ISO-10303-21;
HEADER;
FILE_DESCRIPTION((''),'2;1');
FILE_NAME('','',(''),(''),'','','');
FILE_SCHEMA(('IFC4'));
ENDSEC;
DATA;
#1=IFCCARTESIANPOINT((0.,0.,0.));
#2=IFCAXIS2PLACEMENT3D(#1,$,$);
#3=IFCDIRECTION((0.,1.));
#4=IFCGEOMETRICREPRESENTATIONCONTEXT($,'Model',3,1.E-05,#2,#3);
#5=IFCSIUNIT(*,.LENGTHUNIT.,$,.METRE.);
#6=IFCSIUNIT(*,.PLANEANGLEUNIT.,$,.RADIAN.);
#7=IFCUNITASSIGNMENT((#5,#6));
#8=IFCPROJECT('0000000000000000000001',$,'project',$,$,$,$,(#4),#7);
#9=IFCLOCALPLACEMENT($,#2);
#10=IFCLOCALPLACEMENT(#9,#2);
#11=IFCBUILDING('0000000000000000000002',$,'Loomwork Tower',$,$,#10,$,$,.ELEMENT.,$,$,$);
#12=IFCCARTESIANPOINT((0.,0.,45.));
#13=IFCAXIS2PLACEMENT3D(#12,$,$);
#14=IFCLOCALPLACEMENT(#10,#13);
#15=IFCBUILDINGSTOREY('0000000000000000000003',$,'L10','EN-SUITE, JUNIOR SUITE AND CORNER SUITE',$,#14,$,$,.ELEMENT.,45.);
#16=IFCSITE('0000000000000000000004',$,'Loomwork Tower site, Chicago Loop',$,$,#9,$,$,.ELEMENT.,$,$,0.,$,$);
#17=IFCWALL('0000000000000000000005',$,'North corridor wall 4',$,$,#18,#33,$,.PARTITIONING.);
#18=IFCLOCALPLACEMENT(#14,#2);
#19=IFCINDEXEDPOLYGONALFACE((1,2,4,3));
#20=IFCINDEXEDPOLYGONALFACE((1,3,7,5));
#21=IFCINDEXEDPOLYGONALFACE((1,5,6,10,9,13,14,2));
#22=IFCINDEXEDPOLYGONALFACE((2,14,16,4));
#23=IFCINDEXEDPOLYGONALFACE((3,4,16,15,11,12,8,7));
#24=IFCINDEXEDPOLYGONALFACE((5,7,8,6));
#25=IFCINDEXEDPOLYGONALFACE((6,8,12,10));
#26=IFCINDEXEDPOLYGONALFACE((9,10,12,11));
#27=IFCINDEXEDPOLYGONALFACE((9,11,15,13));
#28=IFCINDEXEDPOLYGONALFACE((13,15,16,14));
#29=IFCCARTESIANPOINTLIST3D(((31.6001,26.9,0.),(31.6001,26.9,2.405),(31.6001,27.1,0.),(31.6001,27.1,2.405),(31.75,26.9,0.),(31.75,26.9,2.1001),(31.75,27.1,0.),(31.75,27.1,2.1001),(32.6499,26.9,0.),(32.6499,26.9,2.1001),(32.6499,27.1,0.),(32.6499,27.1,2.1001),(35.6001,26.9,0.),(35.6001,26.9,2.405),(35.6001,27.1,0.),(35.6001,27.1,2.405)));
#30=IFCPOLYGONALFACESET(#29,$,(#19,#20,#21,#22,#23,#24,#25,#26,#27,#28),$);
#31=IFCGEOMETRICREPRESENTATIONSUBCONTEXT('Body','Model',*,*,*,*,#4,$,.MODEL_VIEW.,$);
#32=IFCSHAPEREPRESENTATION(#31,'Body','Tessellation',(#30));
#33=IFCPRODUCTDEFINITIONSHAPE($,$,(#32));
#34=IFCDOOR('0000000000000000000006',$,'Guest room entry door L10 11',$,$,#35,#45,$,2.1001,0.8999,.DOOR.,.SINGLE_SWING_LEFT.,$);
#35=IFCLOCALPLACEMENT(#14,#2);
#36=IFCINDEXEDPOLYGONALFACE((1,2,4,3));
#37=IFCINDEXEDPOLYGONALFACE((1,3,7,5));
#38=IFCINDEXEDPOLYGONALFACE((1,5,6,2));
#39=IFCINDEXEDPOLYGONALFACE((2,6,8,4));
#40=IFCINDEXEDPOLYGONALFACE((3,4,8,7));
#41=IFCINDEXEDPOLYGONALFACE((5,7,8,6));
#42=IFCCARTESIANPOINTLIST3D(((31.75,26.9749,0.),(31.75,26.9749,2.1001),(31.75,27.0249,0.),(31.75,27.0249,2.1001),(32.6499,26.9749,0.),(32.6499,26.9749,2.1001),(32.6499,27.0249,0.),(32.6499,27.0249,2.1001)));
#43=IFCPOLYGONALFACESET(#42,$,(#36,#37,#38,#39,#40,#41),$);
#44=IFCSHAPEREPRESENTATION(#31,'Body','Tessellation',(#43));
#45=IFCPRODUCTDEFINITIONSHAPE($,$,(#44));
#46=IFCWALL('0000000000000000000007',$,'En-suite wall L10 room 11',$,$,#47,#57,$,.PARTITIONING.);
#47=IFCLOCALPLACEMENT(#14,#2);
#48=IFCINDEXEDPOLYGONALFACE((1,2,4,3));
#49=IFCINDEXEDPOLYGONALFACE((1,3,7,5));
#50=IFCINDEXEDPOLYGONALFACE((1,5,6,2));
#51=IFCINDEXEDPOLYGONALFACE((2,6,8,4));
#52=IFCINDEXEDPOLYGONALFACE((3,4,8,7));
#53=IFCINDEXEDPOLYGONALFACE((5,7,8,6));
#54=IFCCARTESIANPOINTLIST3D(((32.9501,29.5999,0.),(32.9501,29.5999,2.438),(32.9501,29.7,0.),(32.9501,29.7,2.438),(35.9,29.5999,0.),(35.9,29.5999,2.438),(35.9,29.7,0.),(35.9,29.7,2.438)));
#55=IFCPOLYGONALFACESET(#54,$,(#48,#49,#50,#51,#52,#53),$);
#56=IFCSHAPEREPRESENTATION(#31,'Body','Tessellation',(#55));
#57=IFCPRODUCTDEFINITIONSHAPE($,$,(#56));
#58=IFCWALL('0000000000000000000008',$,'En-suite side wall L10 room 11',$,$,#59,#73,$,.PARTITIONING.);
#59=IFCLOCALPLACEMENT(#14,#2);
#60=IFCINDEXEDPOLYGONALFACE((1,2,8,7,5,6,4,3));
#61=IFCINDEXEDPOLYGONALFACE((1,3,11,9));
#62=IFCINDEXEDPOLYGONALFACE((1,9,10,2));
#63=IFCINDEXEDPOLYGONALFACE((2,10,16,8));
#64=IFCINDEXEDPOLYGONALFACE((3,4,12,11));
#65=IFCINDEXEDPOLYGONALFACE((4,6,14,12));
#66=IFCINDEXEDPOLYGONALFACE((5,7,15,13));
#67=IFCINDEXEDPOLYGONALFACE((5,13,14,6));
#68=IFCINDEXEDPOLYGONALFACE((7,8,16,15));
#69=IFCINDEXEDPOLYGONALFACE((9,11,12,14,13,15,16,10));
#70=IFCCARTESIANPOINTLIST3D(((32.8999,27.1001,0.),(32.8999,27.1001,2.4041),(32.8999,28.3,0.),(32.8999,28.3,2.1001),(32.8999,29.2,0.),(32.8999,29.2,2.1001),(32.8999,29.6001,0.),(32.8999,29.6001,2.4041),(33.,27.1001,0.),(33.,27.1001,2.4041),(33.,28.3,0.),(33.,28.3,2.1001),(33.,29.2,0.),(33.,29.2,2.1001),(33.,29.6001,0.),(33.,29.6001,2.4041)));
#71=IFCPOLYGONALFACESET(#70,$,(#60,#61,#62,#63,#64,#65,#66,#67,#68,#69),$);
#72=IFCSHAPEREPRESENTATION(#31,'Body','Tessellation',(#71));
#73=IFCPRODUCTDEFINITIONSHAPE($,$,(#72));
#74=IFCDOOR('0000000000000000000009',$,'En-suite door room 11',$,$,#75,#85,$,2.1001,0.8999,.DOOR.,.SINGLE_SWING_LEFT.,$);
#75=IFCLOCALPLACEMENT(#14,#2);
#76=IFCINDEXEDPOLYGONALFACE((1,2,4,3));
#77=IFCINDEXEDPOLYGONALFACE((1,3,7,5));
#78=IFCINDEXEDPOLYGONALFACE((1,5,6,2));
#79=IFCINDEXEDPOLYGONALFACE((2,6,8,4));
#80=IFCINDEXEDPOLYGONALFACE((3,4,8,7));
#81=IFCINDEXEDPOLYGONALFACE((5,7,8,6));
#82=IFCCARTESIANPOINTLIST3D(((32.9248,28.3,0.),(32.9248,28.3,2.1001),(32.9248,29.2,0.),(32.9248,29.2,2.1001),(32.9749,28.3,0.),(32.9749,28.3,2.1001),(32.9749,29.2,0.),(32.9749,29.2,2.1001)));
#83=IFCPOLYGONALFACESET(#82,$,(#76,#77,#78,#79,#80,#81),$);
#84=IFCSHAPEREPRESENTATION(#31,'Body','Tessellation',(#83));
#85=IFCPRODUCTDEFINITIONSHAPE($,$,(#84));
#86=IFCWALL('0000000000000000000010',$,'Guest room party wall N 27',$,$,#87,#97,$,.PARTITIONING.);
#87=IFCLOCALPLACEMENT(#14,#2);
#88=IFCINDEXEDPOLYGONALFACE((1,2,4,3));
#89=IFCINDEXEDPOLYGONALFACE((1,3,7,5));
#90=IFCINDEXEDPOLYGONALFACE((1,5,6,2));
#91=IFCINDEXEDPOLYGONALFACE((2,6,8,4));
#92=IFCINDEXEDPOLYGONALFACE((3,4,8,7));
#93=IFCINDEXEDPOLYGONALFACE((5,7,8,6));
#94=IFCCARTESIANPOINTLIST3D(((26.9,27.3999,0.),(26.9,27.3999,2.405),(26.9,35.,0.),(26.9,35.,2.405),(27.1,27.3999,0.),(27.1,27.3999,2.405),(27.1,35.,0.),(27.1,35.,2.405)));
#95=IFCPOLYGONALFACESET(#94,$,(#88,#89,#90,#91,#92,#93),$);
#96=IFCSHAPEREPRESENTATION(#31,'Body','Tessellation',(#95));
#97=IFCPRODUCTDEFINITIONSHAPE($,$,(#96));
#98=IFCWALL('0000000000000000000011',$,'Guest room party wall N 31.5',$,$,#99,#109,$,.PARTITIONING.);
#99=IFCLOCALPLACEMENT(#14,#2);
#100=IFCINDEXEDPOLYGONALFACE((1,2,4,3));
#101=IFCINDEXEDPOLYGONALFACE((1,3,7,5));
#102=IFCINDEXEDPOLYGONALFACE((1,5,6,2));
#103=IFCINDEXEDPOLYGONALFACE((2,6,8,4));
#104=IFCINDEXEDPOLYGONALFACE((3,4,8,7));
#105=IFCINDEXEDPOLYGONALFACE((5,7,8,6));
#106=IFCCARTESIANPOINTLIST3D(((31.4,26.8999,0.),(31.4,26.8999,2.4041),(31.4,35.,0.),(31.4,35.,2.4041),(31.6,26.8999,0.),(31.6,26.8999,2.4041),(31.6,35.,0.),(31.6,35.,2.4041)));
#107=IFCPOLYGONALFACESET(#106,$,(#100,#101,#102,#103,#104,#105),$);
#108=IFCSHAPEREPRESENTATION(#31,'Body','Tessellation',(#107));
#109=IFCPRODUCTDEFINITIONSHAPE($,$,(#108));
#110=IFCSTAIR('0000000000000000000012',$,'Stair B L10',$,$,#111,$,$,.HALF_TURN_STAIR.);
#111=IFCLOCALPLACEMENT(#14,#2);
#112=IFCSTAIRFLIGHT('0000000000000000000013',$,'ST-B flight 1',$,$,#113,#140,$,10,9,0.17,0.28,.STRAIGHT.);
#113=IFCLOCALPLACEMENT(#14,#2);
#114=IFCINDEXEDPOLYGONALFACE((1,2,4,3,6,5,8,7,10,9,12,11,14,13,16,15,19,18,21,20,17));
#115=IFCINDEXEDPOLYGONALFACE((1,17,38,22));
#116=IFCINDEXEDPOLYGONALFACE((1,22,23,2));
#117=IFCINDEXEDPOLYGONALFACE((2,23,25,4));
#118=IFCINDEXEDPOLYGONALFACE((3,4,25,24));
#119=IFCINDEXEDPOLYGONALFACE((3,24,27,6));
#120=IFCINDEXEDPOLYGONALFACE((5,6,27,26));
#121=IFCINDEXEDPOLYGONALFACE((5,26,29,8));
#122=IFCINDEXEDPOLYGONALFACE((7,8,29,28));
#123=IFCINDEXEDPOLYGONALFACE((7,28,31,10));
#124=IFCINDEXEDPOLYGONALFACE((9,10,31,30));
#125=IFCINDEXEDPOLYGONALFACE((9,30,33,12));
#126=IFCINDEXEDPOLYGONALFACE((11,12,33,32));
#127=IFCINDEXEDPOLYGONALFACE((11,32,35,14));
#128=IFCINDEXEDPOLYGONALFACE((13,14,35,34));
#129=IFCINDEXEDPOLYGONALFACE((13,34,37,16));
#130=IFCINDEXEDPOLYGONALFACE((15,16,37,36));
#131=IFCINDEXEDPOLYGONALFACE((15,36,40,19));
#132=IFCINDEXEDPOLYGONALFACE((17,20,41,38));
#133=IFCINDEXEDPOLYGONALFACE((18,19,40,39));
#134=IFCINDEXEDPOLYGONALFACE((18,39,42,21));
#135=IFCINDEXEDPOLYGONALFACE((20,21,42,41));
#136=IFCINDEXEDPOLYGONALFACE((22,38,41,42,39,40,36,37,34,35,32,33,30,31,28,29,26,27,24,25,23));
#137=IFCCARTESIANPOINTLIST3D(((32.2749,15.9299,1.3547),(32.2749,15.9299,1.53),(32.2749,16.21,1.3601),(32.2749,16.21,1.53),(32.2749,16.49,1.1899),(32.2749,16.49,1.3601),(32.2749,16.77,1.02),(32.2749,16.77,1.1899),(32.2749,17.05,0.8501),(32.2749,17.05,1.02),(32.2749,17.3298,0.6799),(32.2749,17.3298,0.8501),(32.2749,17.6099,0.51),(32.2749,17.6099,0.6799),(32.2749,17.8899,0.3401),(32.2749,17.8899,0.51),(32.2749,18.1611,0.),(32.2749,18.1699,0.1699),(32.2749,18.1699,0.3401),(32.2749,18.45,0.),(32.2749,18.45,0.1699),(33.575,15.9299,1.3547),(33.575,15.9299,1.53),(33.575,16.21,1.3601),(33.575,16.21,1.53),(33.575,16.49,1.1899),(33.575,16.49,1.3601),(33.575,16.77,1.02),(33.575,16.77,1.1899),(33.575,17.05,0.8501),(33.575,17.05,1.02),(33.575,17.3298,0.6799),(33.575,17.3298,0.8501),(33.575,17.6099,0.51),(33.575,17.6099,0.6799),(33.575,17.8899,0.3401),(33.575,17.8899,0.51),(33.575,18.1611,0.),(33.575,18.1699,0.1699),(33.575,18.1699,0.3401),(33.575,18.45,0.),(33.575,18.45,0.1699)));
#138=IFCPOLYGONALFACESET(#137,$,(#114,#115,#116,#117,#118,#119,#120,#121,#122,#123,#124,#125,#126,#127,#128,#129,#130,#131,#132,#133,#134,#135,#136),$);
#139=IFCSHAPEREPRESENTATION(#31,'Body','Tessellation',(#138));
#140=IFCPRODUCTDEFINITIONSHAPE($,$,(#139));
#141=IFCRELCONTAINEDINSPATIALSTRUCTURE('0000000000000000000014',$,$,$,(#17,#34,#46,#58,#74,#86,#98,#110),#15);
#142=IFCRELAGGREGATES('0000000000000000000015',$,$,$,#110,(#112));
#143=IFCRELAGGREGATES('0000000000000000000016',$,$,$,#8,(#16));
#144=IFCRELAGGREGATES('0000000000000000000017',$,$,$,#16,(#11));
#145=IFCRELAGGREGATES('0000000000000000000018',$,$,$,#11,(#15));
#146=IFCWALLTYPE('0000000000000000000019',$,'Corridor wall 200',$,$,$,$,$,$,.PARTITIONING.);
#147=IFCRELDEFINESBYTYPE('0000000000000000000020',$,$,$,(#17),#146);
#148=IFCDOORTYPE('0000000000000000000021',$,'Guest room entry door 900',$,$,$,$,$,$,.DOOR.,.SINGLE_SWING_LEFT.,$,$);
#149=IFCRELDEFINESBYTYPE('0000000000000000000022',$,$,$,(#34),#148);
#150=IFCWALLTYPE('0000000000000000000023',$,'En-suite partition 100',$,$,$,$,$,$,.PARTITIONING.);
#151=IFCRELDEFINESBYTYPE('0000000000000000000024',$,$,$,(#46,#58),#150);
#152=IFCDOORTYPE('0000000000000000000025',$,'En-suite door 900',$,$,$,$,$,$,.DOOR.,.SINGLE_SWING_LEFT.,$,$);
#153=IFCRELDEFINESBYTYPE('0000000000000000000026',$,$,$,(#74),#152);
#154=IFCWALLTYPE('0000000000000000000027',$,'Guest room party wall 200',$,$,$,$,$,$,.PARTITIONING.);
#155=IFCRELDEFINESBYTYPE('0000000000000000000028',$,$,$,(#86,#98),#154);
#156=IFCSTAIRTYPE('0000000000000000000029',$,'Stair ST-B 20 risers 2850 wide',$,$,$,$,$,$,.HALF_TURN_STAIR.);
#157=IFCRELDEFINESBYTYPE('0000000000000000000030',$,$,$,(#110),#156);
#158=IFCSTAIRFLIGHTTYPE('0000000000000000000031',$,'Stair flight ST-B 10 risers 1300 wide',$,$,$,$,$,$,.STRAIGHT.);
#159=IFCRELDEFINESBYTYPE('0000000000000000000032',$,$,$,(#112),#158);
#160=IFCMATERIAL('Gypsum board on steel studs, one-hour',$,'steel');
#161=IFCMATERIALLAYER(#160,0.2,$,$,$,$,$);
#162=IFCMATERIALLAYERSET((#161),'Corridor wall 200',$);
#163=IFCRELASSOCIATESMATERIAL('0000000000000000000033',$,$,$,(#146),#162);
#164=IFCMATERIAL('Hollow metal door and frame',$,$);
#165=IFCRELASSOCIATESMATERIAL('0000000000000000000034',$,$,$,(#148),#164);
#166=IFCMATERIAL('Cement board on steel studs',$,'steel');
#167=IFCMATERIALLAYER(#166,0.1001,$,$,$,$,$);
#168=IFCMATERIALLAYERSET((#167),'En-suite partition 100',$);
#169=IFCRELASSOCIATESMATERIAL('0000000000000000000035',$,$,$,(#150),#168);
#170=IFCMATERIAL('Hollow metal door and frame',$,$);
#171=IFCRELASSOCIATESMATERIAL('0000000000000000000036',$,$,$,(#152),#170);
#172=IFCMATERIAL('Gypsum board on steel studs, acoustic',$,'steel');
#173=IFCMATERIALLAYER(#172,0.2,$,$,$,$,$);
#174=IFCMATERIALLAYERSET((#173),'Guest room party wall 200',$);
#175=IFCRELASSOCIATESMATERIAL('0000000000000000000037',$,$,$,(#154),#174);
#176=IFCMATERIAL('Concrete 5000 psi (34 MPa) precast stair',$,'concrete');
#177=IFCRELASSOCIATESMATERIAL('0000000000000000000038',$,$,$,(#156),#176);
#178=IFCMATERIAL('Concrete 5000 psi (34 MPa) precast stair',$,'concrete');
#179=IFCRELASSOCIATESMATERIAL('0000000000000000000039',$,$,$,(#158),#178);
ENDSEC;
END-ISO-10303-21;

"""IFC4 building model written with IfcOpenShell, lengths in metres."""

from ifc_helpers import new_model, si_unit, direction, frame, frame_2d, origin, place, context, subcontext, project, spatial, polyline, rectangle, outline, extrude, material, layer, layer_set, type_object, element, fill, aggregate, save


model = new_model("IFC4")

# Units and contexts
model_context = context("Model", 3, precision=1e-05, world=origin(), true_north=direction((0.0, 1.0)))
body_context = subcontext(model_context, "Body", "Model", "MODEL_VIEW")
ifc_project = project(units=[si_unit("LENGTHUNIT", "METRE"), si_unit("PLANEANGLEUNIT", "RADIAN")], contexts=[model_context])

# Site, building, storey
site_placement = place(None, origin())
site = spatial("IfcSite", under=ifc_project, at=site_placement, Name="Loomwork Tower site, Chicago Loop", CompositionType="ELEMENT", RefElevation=0.0)
building_placement = place(site_placement, origin())
building = spatial("IfcBuilding", under=site, at=building_placement, Name="Loomwork Tower", CompositionType="ELEMENT")
storey_placement = place(building_placement, frame((0.0, 0.0, 45.0)))
storey = spatial("IfcBuildingStorey", under=building, at=storey_placement, Name="L10", Description="EN-SUITE, JUNIOR SUITE AND CORNER SUITE", CompositionType="ELEMENT", Elevation=45.0)

# Wall, opening, door
ifc_material_1 = material(Name="Gypsum board on steel studs, one-hour", Category="steel")
ifc_layer_1 = layer(ifc_material_1, 0.2)
ifc_layer_set_1 = layer_set([ifc_layer_1], Name="Corridor wall 200")
wall_type_1 = type_object("IfcWallType", Name="Corridor wall 200", PredefinedType="PARTITIONING", material=ifc_layer_set_1)
wall_1_placement = place(storey_placement, frame((31.6001, 27.0, 0.0), z_axis=(0.0, 0.0, 1.0), x_axis=(1.0, 0.0, 0.0)))
wall_1 = element("IfcWall", 1, at=wall_1_placement, inside=storey, type_object=wall_type_1, Name="North corridor wall 4", PredefinedType="PARTITIONING", context=body_context, shape_type="SweptSolid", body=[
    extrude(rectangle(XDim=4.0, YDim=0.2, at=frame_2d((2.0, 0.0))), origin(), (0.0, 0.0, 1.0), 2.405),
])
opening_1_placement = place(wall_1_placement, frame((0.1499, 0.0, 0.0)))
opening_1 = element("IfcOpeningElement", 2, at=opening_1_placement, cuts=wall_1, PredefinedType="OPENING", context=body_context, shape_type="SweptSolid", body=[
    extrude(rectangle(XDim=0.8999, YDim=2.1001, at=frame_2d((0.45, 1.05))), frame((0.0, 0.1099, 0.0), z_axis=(0.0, -1.0, 0.0), x_axis=(1.0, 0.0, 0.0)), (0.0, 0.0, 1.0), 0.22),
])
ifc_material_2 = material(Name="Hollow metal door and frame")
door_type_1 = type_object("IfcDoorType", Name="Guest room entry door 900", OperationType="SINGLE_SWING_LEFT", PredefinedType="DOOR", material=ifc_material_2)
door_1_placement = place(opening_1_placement, origin())
door_1 = element("IfcDoor", 3, at=door_1_placement, inside=storey, type_object=door_type_1, Name="Guest room entry door L10 11", OperationType="SINGLE_SWING_LEFT", OverallHeight=2.1001, OverallWidth=0.8999, PredefinedType="DOOR", context=body_context, shape_type="SweptSolid", body=[
    extrude(rectangle(XDim=0.8999, YDim=2.1001, at=frame_2d((0.45, 1.05))), frame((0.0, 0.0249, 0.0), z_axis=(0.0, -1.0, 0.0), x_axis=(1.0, 0.0, 0.0)), (0.0, 0.0, 1.0), 0.05),
])
fill(opening_1, door_1)

# Wall
ifc_material_3 = material(Name="Cement board on steel studs", Category="steel")
ifc_layer_2 = layer(ifc_material_3, 0.1001)
ifc_layer_set_2 = layer_set([ifc_layer_2], Name="En-suite partition 100")
wall_type_2 = type_object("IfcWallType", Name="En-suite partition 100", PredefinedType="PARTITIONING", material=ifc_layer_set_2)
wall_2_placement = place(storey_placement, frame((32.95, 29.6499, 0.0), z_axis=(0.0, 0.0, 1.0), x_axis=(1.0, 0.0, 0.0)))
element("IfcWall", 4, at=wall_2_placement, inside=storey, type_object=wall_type_2, Name="En-suite wall L10 room 11", PredefinedType="PARTITIONING", context=body_context, shape_type="SweptSolid", body=[
    extrude(rectangle(XDim=2.95, YDim=0.1001, at=frame_2d((1.4751, 0.0))), origin(), (0.0, 0.0, 1.0), 2.438),
])

# Wall, opening, door
wall_3_placement = place(storey_placement, frame((32.95, 27.1001, 0.0), z_axis=(0.0, 0.0, 1.0), x_axis=(0.0, 1.0, 0.0)))
wall_3 = element("IfcWall", 5, at=wall_3_placement, inside=storey, type_object=wall_type_2, Name="En-suite side wall L10 room 11", PredefinedType="PARTITIONING", context=body_context, shape_type="SweptSolid", body=[
    extrude(rectangle(XDim=2.5, YDim=0.1001, at=frame_2d((1.25, 0.0))), origin(), (0.0, 0.0, 1.0), 2.4041),
])
opening_2_placement = place(wall_3_placement, frame((1.2, 0.0, 0.0)))
opening_2 = element("IfcOpeningElement", 6, at=opening_2_placement, cuts=wall_3, PredefinedType="OPENING", context=body_context, shape_type="SweptSolid", body=[
    extrude(rectangle(XDim=0.8999, YDim=2.1001, at=frame_2d((0.45, 1.05))), frame((0.0, 0.0601, 0.0), z_axis=(0.0, -1.0, 0.0), x_axis=(1.0, 0.0, 0.0)), (0.0, 0.0, 1.0), 0.1201),
])
ifc_material_4 = material(Name="Hollow metal door and frame")
door_type_2 = type_object("IfcDoorType", Name="En-suite door 900", OperationType="SINGLE_SWING_LEFT", PredefinedType="DOOR", material=ifc_material_4)
door_2_placement = place(opening_2_placement, frame((0.8999, 0.0, 0.0), z_axis=(0.0, 0.0, 1.0), x_axis=(-1.0, 0.0, 0.0)))
door_2 = element("IfcDoor", 7, at=door_2_placement, inside=storey, type_object=door_type_2, Name="En-suite door room 11", OperationType="SINGLE_SWING_LEFT", OverallHeight=2.1001, OverallWidth=0.8999, PredefinedType="DOOR", context=body_context, shape_type="SweptSolid", body=[
    extrude(rectangle(XDim=0.8999, YDim=2.1001, at=frame_2d((0.45, 1.05))), frame((0.0, 0.0249, 0.0), z_axis=(0.0, -1.0, 0.0), x_axis=(1.0, 0.0, 0.0)), (0.0, 0.0, 1.0), 0.05),
])
fill(opening_2, door_2)

# Walls
ifc_material_5 = material(Name="Gypsum board on steel studs, acoustic", Category="steel")
ifc_layer_3 = layer(ifc_material_5, 0.2)
ifc_layer_set_3 = layer_set([ifc_layer_3], Name="Guest room party wall 200")
wall_type_3 = type_object("IfcWallType", Name="Guest room party wall 200", PredefinedType="PARTITIONING", material=ifc_layer_set_3)
wall_4_placement = place(storey_placement, frame((27.0, 27.3999, 0.0), z_axis=(0.0, 0.0, 1.0), x_axis=(0.0, 1.0, 0.0)))
element("IfcWall", 8, at=wall_4_placement, inside=storey, type_object=wall_type_3, Name="Guest room party wall N 27", PredefinedType="PARTITIONING", context=body_context, shape_type="SweptSolid", body=[
    extrude(rectangle(XDim=7.6001, YDim=0.2, at=frame_2d((3.8, 0.0))), origin(), (0.0, 0.0, 1.0), 2.405),
])
wall_5_placement = place(storey_placement, frame((31.5, 26.8999, 0.0), z_axis=(0.0, 0.0, 1.0), x_axis=(0.0, 1.0, 0.0)))
element("IfcWall", 9, at=wall_5_placement, inside=storey, type_object=wall_type_3, Name="Guest room party wall N 31.5", PredefinedType="PARTITIONING", context=body_context, shape_type="SweptSolid", body=[
    extrude(rectangle(XDim=8.1001, YDim=0.2, at=frame_2d((4.05, 0.0))), origin(), (0.0, 0.0, 1.0), 2.4041),
])

# Stair, stair flight
ifc_material_6 = material(Name="Concrete 5000 psi (34 MPa) precast stair", Category="concrete")
stair_type = type_object("IfcStairType", Name="Stair ST-B 20 risers 2850 wide", PredefinedType="HALF_TURN_STAIR", material=ifc_material_6)
stair_placement = place(storey_placement, origin())
stair = element("IfcStair", 10, at=stair_placement, inside=storey, type_object=stair_type, Name="Stair B L10", PredefinedType="HALF_TURN_STAIR")
ifc_material_7 = material(Name="Concrete 5000 psi (34 MPa) precast stair", Category="concrete")
stair_flight_type = type_object("IfcStairFlightType", Name="Stair flight ST-B 10 risers 1300 wide", PredefinedType="STRAIGHT", material=ifc_material_7)
stair_flight_placement = place(storey_placement, frame((32.925, 18.45, 0.0), z_axis=(0.0, 0.0, 1.0), x_axis=(0.0, -1.0, 0.0)))
stair_flight = element("IfcStairFlight", 11, at=stair_flight_placement, type_object=stair_flight_type, Name="ST-B flight 1", NumberOfRisers=10, NumberOfTreads=9, PredefinedType="STRAIGHT", RiserHeight=0.17, TreadLength=0.28, context=body_context, shape_type="SweptSolid", body=[
    extrude(outline(polyline([(0.0, 0.0), (0.0, 0.1699), (0.28, 0.1699), (0.28, 0.3401), (0.5601, 0.3401), (0.5601, 0.51), (0.8401, 0.51), (0.8401, 0.6799), (1.1201, 0.6799), (1.1201, 0.8501), (1.3999, 0.8501), (1.3999, 1.02), (1.6799, 1.02), (1.6799, 1.1899), (1.96, 1.1899), (1.96, 1.3601), (2.24, 1.3601), (2.24, 1.53), (2.52, 1.53), (2.52, 1.7), (2.52, 1.3547), (0.2888, 0.0), (0.0, 0.0)])), frame((0.0, 0.6499, 0.0), z_axis=(0.0, -1.0, 0.0), x_axis=(1.0, 0.0, 0.0)), (0.0, 0.0, 1.0), 1.3),
])
aggregate(stair, [stair_flight])

save(model, "model.ifc")
